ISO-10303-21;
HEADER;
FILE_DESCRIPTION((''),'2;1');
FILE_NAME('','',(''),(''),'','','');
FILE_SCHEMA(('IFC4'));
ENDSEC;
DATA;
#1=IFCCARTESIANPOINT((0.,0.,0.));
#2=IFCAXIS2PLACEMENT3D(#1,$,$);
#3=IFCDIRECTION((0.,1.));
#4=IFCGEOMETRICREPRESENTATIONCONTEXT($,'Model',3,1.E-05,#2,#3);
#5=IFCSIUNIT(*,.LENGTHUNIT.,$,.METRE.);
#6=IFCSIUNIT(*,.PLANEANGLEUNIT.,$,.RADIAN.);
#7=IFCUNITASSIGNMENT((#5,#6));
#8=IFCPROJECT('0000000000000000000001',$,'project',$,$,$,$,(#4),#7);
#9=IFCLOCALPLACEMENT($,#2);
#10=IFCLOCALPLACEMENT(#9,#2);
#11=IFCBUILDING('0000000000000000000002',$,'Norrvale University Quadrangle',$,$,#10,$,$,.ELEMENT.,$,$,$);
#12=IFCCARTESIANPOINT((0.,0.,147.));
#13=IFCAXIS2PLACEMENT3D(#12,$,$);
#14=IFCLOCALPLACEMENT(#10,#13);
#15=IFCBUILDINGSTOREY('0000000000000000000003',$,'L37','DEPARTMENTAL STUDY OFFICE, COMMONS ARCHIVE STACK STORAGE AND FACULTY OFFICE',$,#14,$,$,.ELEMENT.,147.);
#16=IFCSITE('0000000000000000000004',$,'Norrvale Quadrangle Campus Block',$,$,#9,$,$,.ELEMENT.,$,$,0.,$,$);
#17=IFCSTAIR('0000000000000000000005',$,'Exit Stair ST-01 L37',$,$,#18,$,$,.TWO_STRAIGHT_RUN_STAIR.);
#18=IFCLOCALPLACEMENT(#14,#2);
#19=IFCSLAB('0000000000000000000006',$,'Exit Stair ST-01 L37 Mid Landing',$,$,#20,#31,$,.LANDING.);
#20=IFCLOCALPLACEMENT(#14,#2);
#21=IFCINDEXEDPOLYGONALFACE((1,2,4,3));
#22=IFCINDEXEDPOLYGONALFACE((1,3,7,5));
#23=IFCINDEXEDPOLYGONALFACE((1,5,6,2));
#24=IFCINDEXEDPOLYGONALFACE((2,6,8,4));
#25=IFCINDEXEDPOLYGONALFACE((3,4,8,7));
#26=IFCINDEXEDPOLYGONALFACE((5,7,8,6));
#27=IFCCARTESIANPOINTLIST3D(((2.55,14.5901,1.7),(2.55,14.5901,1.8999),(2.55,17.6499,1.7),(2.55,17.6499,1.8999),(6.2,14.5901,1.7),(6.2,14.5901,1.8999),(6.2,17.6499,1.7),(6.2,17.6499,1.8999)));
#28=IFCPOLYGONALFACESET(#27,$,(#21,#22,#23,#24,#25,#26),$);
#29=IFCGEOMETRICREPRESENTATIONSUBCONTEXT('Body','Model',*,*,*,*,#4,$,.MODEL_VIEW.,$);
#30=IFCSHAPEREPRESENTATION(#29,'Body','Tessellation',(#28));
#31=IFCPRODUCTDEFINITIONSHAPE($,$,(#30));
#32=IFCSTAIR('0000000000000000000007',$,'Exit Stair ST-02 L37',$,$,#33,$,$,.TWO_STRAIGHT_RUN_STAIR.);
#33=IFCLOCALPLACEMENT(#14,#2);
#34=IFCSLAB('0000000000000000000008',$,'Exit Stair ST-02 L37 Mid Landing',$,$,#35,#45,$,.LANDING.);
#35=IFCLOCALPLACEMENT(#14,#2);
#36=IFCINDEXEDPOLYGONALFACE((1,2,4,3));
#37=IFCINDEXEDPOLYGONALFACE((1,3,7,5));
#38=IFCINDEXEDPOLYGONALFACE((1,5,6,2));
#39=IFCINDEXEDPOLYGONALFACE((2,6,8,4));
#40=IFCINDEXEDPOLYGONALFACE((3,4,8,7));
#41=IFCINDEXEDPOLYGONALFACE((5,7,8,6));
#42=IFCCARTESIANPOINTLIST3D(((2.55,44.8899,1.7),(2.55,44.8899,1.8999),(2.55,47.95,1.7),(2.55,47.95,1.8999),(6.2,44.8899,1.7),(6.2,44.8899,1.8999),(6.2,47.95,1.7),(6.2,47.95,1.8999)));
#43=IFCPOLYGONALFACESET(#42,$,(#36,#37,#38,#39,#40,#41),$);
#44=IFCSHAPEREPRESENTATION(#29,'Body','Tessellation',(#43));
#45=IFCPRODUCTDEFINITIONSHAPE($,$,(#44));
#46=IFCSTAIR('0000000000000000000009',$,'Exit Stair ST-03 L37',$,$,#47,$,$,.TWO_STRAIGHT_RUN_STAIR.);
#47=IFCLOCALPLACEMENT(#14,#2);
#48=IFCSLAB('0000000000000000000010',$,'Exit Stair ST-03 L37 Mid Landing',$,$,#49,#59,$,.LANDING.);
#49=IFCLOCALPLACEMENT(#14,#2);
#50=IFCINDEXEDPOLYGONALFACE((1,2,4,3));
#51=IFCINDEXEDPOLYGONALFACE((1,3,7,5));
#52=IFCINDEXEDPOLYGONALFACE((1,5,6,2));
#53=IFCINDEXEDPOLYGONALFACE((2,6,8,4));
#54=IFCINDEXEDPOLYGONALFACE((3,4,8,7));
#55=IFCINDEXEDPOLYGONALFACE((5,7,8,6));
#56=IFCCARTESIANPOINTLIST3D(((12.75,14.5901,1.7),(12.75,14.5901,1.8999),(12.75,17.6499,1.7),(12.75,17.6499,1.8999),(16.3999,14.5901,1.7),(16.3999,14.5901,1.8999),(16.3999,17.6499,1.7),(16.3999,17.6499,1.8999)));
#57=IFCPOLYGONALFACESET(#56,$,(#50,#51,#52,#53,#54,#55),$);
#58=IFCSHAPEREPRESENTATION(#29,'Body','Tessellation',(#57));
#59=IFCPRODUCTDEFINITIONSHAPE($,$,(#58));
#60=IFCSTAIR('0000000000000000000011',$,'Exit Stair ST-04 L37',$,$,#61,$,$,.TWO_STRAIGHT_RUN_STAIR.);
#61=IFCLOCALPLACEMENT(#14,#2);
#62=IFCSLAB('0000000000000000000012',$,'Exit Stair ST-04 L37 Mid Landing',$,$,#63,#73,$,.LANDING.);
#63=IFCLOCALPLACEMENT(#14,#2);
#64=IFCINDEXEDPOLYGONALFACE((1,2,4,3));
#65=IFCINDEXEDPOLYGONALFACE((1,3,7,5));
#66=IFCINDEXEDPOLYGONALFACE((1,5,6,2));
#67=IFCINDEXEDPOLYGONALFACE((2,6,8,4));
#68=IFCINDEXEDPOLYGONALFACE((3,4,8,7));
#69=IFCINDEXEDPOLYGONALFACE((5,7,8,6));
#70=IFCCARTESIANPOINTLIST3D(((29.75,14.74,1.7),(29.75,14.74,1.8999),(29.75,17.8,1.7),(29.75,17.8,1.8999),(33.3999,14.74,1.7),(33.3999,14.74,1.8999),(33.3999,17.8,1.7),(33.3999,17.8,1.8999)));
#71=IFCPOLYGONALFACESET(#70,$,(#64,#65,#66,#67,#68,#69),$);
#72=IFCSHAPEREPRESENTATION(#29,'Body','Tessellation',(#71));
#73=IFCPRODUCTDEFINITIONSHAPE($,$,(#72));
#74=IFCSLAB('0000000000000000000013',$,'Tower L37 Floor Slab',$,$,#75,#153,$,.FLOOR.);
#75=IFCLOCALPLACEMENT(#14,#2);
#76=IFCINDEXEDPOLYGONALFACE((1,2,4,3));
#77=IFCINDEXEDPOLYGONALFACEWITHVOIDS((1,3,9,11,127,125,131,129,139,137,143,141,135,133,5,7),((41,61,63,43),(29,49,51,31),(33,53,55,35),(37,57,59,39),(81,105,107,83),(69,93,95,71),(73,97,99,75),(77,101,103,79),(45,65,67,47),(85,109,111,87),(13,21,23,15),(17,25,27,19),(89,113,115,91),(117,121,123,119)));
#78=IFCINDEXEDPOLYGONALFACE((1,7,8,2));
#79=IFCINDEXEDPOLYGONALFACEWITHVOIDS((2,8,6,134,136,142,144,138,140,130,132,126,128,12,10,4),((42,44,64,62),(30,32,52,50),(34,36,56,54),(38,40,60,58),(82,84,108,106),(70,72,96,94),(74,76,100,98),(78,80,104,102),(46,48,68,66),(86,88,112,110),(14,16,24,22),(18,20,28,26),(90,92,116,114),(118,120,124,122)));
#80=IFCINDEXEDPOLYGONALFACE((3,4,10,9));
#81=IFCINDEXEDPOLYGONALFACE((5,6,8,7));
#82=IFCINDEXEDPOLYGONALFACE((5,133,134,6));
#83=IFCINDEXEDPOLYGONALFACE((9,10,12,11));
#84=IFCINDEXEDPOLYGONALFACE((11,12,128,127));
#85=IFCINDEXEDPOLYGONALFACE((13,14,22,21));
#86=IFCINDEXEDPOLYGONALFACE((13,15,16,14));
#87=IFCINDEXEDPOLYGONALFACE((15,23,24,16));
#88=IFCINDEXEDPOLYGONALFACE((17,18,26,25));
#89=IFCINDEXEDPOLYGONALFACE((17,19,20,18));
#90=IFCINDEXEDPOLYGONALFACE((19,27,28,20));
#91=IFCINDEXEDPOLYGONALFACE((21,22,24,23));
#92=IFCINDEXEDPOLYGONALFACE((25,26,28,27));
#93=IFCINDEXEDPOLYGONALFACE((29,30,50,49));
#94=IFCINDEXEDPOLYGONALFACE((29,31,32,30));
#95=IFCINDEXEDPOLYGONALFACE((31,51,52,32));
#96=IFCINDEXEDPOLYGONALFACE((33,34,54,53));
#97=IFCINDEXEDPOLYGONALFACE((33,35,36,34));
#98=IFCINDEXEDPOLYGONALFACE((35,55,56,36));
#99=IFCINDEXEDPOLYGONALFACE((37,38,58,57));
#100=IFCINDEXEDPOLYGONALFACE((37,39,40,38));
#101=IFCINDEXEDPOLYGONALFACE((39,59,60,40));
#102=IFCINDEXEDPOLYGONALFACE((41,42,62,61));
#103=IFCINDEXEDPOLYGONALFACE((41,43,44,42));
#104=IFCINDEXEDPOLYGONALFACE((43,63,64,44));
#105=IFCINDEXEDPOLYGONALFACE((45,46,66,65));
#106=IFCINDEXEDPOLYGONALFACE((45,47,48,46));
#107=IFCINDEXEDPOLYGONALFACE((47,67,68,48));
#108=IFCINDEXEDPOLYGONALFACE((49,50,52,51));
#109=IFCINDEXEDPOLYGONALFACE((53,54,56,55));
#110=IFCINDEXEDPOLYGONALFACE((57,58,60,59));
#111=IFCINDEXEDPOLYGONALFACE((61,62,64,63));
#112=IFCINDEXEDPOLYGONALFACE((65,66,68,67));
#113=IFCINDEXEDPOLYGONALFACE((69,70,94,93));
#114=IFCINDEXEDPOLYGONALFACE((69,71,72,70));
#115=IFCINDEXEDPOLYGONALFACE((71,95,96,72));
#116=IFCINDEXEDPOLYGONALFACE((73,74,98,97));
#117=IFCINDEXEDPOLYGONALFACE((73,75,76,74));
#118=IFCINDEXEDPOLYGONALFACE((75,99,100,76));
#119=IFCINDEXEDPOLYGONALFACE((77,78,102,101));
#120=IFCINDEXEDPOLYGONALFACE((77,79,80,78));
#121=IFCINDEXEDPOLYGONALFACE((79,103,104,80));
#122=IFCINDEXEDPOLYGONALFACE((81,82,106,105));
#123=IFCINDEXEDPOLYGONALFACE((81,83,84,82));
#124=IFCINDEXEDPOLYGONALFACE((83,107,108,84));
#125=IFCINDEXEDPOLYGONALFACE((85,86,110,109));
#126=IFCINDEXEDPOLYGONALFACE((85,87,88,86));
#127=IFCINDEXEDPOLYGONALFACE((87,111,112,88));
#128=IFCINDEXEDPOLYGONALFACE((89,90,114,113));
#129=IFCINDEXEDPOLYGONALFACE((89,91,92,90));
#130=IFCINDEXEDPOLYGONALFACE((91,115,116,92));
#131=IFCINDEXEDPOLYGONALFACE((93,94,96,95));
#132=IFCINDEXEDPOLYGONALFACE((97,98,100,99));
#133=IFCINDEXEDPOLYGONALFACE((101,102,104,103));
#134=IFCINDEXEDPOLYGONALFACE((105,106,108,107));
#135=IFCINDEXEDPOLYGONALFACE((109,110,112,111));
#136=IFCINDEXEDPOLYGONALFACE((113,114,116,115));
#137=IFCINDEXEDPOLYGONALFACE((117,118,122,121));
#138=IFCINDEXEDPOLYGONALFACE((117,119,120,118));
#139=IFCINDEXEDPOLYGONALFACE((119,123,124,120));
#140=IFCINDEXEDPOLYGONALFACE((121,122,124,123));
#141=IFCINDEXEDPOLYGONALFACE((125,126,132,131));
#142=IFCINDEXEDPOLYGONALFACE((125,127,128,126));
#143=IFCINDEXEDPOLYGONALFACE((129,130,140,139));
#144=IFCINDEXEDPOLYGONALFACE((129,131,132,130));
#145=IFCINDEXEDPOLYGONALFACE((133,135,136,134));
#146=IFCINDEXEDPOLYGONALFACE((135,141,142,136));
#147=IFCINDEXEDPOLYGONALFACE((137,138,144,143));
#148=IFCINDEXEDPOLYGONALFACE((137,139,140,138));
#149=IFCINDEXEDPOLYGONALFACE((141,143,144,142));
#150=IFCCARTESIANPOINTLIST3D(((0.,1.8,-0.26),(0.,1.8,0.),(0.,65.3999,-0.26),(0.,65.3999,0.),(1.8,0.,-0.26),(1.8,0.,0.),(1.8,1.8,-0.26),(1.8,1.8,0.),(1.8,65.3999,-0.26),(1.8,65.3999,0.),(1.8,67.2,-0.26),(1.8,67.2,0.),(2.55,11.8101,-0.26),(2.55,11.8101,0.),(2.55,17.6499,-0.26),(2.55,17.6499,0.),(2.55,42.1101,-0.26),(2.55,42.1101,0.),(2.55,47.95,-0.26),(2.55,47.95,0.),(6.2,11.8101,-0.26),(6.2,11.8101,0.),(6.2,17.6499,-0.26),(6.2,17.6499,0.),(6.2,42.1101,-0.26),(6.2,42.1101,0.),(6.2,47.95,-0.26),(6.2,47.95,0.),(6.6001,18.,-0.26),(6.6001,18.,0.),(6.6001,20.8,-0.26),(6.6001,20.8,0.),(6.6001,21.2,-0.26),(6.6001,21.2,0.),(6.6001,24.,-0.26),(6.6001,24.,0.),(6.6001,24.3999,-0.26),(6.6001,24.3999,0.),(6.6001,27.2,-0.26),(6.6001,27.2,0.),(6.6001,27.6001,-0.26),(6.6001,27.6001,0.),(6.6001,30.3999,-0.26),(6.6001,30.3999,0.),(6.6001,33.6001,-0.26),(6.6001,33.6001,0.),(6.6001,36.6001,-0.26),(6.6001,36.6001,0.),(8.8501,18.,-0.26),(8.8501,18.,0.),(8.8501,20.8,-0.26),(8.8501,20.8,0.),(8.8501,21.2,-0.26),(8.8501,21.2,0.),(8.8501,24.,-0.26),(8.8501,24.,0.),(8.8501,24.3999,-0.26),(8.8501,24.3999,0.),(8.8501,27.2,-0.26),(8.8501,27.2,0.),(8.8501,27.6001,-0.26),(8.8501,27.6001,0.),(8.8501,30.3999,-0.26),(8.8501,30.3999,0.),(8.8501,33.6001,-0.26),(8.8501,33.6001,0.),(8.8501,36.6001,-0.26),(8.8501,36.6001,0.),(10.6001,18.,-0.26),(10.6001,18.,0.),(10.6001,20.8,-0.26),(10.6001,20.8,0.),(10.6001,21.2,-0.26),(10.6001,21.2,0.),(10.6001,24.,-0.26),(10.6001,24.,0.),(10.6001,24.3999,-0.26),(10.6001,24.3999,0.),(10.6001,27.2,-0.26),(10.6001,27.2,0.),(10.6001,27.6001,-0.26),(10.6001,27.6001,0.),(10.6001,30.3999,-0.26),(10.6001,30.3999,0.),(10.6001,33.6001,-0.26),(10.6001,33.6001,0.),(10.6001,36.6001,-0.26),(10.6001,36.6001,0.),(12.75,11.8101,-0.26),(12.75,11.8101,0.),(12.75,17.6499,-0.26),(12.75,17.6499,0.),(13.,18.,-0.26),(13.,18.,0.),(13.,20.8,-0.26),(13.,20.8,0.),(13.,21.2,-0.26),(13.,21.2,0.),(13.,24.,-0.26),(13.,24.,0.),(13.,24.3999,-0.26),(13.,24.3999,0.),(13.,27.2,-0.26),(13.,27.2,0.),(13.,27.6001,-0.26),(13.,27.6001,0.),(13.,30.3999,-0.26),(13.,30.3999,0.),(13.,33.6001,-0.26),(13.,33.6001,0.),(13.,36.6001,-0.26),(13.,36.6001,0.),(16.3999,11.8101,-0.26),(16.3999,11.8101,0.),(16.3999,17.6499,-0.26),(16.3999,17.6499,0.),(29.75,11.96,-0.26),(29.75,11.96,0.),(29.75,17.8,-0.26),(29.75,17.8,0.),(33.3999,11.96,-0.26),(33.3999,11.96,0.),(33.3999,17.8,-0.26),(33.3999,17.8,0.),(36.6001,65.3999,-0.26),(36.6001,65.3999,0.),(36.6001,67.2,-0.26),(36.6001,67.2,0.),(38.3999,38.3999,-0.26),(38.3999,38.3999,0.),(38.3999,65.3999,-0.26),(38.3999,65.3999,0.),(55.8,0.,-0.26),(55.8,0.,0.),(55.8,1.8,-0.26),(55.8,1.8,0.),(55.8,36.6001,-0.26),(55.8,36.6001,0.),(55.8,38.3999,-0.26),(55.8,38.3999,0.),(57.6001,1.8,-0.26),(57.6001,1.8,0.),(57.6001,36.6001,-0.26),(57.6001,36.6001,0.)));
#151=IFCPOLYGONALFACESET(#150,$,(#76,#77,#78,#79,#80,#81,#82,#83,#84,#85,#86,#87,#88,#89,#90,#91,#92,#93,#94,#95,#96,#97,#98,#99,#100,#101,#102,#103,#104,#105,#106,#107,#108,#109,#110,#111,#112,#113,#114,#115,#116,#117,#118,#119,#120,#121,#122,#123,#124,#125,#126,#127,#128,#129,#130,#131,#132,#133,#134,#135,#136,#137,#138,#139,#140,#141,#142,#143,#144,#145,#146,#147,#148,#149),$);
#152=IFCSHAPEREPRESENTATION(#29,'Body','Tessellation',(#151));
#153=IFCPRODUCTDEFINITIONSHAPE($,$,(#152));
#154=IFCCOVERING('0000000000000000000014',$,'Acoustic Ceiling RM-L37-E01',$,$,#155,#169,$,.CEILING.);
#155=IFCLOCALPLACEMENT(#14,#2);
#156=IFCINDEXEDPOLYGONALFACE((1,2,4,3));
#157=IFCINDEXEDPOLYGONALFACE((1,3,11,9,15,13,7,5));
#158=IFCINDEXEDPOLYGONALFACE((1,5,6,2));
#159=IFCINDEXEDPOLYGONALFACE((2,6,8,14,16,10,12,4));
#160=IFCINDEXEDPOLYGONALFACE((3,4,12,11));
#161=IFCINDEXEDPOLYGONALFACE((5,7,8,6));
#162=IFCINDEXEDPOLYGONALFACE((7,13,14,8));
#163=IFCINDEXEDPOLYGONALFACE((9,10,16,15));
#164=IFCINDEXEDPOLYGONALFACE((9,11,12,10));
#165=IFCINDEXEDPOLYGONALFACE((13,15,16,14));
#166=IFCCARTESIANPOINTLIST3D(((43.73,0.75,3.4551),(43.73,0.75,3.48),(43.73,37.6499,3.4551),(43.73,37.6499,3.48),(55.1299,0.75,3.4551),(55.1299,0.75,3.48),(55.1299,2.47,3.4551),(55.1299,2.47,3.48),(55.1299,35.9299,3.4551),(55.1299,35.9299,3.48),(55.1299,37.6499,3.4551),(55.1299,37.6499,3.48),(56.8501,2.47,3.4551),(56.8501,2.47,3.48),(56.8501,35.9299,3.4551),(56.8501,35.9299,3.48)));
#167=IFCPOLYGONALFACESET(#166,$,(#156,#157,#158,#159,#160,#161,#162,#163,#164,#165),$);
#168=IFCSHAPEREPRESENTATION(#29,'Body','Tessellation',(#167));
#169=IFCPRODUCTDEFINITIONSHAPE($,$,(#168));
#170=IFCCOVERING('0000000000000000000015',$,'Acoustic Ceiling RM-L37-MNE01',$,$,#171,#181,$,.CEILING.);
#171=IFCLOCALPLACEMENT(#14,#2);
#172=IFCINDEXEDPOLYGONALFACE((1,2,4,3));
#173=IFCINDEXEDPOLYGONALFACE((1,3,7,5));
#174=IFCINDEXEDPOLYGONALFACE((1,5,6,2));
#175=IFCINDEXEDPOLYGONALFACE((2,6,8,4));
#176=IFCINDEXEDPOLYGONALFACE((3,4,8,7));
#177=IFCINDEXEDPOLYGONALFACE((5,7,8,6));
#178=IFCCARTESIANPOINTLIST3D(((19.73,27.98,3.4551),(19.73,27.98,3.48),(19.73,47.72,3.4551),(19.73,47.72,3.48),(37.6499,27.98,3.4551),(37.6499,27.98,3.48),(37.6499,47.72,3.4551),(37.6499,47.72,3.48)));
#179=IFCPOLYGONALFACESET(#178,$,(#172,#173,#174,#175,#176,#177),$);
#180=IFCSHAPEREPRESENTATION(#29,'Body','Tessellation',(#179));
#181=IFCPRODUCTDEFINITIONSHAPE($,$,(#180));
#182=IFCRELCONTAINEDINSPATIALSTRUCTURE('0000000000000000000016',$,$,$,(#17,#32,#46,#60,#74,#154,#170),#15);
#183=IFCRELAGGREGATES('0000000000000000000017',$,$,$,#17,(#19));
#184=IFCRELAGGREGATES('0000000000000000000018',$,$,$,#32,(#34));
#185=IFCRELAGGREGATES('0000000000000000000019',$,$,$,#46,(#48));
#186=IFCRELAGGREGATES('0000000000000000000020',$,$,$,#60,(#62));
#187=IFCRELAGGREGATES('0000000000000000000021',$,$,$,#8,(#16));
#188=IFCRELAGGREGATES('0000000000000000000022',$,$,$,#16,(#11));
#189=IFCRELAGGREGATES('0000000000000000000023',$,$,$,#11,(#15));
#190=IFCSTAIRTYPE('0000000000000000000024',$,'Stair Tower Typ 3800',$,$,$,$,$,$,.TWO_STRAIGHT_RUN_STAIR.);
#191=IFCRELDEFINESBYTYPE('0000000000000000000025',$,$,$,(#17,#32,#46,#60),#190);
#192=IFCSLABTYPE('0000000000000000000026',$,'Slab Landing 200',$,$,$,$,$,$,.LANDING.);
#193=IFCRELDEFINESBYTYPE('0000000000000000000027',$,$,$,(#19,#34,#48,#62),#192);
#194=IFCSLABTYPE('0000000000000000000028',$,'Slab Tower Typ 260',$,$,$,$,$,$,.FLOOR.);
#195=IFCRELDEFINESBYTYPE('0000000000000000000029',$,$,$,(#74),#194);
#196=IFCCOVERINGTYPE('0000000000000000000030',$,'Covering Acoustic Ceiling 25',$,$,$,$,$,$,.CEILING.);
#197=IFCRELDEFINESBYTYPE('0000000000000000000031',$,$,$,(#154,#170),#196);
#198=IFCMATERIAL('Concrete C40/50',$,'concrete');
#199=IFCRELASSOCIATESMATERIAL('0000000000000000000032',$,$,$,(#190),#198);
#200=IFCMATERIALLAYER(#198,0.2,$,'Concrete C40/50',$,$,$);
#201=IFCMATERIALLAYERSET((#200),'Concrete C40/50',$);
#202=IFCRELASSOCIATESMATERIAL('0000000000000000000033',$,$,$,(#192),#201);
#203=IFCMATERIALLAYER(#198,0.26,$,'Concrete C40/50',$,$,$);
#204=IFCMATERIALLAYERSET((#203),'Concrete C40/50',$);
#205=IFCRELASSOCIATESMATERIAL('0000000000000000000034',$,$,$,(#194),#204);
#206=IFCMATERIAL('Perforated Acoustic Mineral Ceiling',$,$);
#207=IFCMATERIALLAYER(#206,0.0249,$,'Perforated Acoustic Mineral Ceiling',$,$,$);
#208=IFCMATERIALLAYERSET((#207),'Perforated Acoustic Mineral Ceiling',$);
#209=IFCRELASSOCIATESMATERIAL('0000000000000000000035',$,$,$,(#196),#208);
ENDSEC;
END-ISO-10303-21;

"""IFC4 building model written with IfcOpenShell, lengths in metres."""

from ifc_helpers import new_model, si_unit, direction, frame, origin, place, context, subcontext, project, spatial, polyline, outline, extrude, material, layer, layer_set, type_object, element, aggregate, save


model = new_model("IFC4")

# Units and contexts
model_context = context("Model", 3, precision=1e-05, world=origin(), true_north=direction((0.0, 1.0)))
body_context = subcontext(model_context, "Body", "Model", "MODEL_VIEW")
ifc_project = project(units=[si_unit("LENGTHUNIT", "METRE"), si_unit("PLANEANGLEUNIT", "RADIAN")], contexts=[model_context])

# Site, building, storey
site_placement = place(None, origin())
site = spatial("IfcSite", under=ifc_project, at=site_placement, Name="Norrvale Quadrangle Campus Block", CompositionType="ELEMENT", RefElevation=0.0)
building_placement = place(site_placement, origin())
building = spatial("IfcBuilding", under=site, at=building_placement, Name="Norrvale University Quadrangle", CompositionType="ELEMENT")
storey_placement = place(building_placement, frame((0.0, 0.0, 147.0)))
storey = spatial("IfcBuildingStorey", under=building, at=storey_placement, Name="L37", Description="DEPARTMENTAL STUDY OFFICE, COMMONS ARCHIVE STACK STORAGE AND FACULTY OFFICE", CompositionType="ELEMENT", Elevation=147.0)

# Stairs, slabs
ifc_material_1 = material(Name="Concrete C40/50", Category="concrete")
stair_type = type_object("IfcStairType", Name="Stair Tower Typ 3800", PredefinedType="TWO_STRAIGHT_RUN_STAIR", material=ifc_material_1)
stair_1_placement = place(storey_placement, origin())
stair_1 = element("IfcStair", 1, at=stair_1_placement, inside=storey, type_object=stair_type, Name="Exit Stair ST-01 L37", PredefinedType="TWO_STRAIGHT_RUN_STAIR")
ifc_layer_1 = layer(ifc_material_1, 0.2, Name="Concrete C40/50")
ifc_layer_set_1 = layer_set([ifc_layer_1], Name="Concrete C40/50")
slab_type_1 = type_object("IfcSlabType", Name="Slab Landing 200", PredefinedType="LANDING", material=ifc_layer_set_1)
slab_1_placement = place(storey_placement, frame((0.0, 0.0, 1.7)))
slab_1 = element("IfcSlab", 2, at=slab_1_placement, type_object=slab_type_1, Name="Exit Stair ST-01 L37 Mid Landing", PredefinedType="LANDING", context=body_context, shape_type="SweptSolid", body=[
    extrude(outline(polyline([(2.55, 14.5901), (6.2, 14.5901), (6.2, 17.6499), (2.55, 17.6499), (2.55, 14.5901)])), origin(), (0.0, 0.0, 1.0), 0.2),
])
aggregate(stair_1, [slab_1])
stair_2_placement = place(storey_placement, origin())
stair_2 = element("IfcStair", 3, at=stair_2_placement, inside=storey, type_object=stair_type, Name="Exit Stair ST-02 L37", PredefinedType="TWO_STRAIGHT_RUN_STAIR")
slab_2_placement = place(storey_placement, frame((0.0, 0.0, 1.7)))
slab_2 = element("IfcSlab", 4, at=slab_2_placement, type_object=slab_type_1, Name="Exit Stair ST-02 L37 Mid Landing", PredefinedType="LANDING", context=body_context, shape_type="SweptSolid", body=[
    extrude(outline(polyline([(2.55, 44.8899), (6.2, 44.8899), (6.2, 47.95), (2.55, 47.95), (2.55, 44.8899)])), origin(), (0.0, 0.0, 1.0), 0.2),
])
aggregate(stair_2, [slab_2])
stair_3_placement = place(storey_placement, origin())
stair_3 = element("IfcStair", 5, at=stair_3_placement, inside=storey, type_object=stair_type, Name="Exit Stair ST-03 L37", PredefinedType="TWO_STRAIGHT_RUN_STAIR")
slab_3_placement = place(storey_placement, frame((0.0, 0.0, 1.7)))
slab_3 = element("IfcSlab", 6, at=slab_3_placement, type_object=slab_type_1, Name="Exit Stair ST-03 L37 Mid Landing", PredefinedType="LANDING", context=body_context, shape_type="SweptSolid", body=[
    extrude(outline(polyline([(12.75, 14.5901), (16.3999, 14.5901), (16.3999, 17.6499), (12.75, 17.6499), (12.75, 14.5901)])), origin(), (0.0, 0.0, 1.0), 0.2),
])
aggregate(stair_3, [slab_3])
stair_4_placement = place(storey_placement, origin())
stair_4 = element("IfcStair", 7, at=stair_4_placement, inside=storey, type_object=stair_type, Name="Exit Stair ST-04 L37", PredefinedType="TWO_STRAIGHT_RUN_STAIR")
slab_4_placement = place(storey_placement, frame((0.0, 0.0, 1.7)))
slab_4 = element("IfcSlab", 8, at=slab_4_placement, type_object=slab_type_1, Name="Exit Stair ST-04 L37 Mid Landing", PredefinedType="LANDING", context=body_context, shape_type="SweptSolid", body=[
    extrude(outline(polyline([(29.75, 14.74), (33.3999, 14.74), (33.3999, 17.8), (29.75, 17.8), (29.75, 14.74)])), origin(), (0.0, 0.0, 1.0), 0.2),
])
aggregate(stair_4, [slab_4])

# Slab
ifc_layer_2 = layer(ifc_material_1, 0.26, Name="Concrete C40/50")
ifc_layer_set_2 = layer_set([ifc_layer_2], Name="Concrete C40/50")
slab_type_2 = type_object("IfcSlabType", Name="Slab Tower Typ 260", PredefinedType="FLOOR", material=ifc_layer_set_2)
slab_5_placement = place(storey_placement, frame((0.0, 0.0, -0.26)))
element("IfcSlab", 9, at=slab_5_placement, inside=storey, type_object=slab_type_2, Name="Tower L37 Floor Slab", PredefinedType="FLOOR", context=body_context, shape_type="SweptSolid", body=[
    extrude(outline(polyline([(1.8, 0.0), (55.8, 0.0), (55.8, 1.8), (57.6001, 1.8), (57.6001, 36.6001), (55.8, 36.6001), (55.8, 38.3999), (38.3999, 38.3999), (38.3999, 65.3999), (36.6001, 65.3999), (36.6001, 67.2), (1.8, 67.2), (1.8, 65.3999), (0.0, 65.3999), (0.0, 1.8), (1.8, 1.8), (1.8, 0.0)]), holes=[polyline([(2.55, 11.8101), (6.2, 11.8101), (6.2, 17.6499), (2.55, 17.6499), (2.55, 11.8101)]), polyline([(2.55, 42.1101), (6.2, 42.1101), (6.2, 47.95), (2.55, 47.95), (2.55, 42.1101)]), polyline([(12.75, 11.8101), (16.3999, 11.8101), (16.3999, 17.6499), (12.75, 17.6499), (12.75, 11.8101)]), polyline([(29.75, 11.96), (33.3999, 11.96), (33.3999, 17.8), (29.75, 17.8), (29.75, 11.96)]), polyline([(6.6001, 18.0), (8.8501, 18.0), (8.8501, 20.8), (6.6001, 20.8), (6.6001, 18.0)]), polyline([(6.6001, 21.2), (8.8501, 21.2), (8.8501, 24.0), (6.6001, 24.0), (6.6001, 21.2)]), polyline([(6.6001, 24.3999), (8.8501, 24.3999), (8.8501, 27.2), (6.6001, 27.2), (6.6001, 24.3999)]), polyline([(6.6001, 27.6001), (8.8501, 27.6001), (8.8501, 30.3999), (6.6001, 30.3999), (6.6001, 27.6001)]), polyline([(10.6001, 18.0), (13.0, 18.0), (13.0, 20.8), (10.6001, 20.8), (10.6001, 18.0)]), polyline([(10.6001, 21.2), (13.0, 21.2), (13.0, 24.0), (10.6001, 24.0), (10.6001, 21.2)]), polyline([(10.6001, 24.3999), (13.0, 24.3999), (13.0, 27.2), (10.6001, 27.2), (10.6001, 24.3999)]), polyline([(10.6001, 27.6001), (13.0, 27.6001), (13.0, 30.3999), (10.6001, 30.3999), (10.6001, 27.6001)]), polyline([(6.6001, 33.6001), (8.8501, 33.6001), (8.8501, 36.6001), (6.6001, 36.6001), (6.6001, 33.6001)]), polyline([(10.6001, 33.6001), (13.0, 33.6001), (13.0, 36.6001), (10.6001, 36.6001), (10.6001, 33.6001)])]), origin(), (0.0, 0.0, 1.0), 0.26),
])

# Coverings
ifc_material_2 = material(Name="Perforated Acoustic Mineral Ceiling")
ifc_layer_3 = layer(ifc_material_2, 0.0249, Name="Perforated Acoustic Mineral Ceiling")
ifc_layer_set_3 = layer_set([ifc_layer_3], Name="Perforated Acoustic Mineral Ceiling")
covering_type_1 = type_object("IfcCoveringType", Name="Covering Acoustic Ceiling 25", PredefinedType="CEILING", material=ifc_layer_set_3)
covering_1_placement = place(storey_placement, frame((0.0, 0.0, 3.4551)))
element("IfcCovering", 10, at=covering_1_placement, inside=storey, type_object=covering_type_1, Name="Acoustic Ceiling RM-L37-E01", PredefinedType="CEILING", context=body_context, shape_type="SweptSolid", body=[
    extrude(outline(polyline([(43.73, 0.75), (43.73, 37.6499), (55.1299, 37.6499), (55.1299, 35.9299), (56.8501, 35.9299), (56.8501, 2.47), (55.1299, 2.47), (55.1299, 0.75), (43.73, 0.75)])), origin(), (0.0, 0.0, 1.0), 0.0249),
])
covering_2_placement = place(storey_placement, frame((0.0, 0.0, 3.4551)))
element("IfcCovering", 11, at=covering_2_placement, inside=storey, type_object=covering_type_1, Name="Acoustic Ceiling RM-L37-MNE01", PredefinedType="CEILING", context=body_context, shape_type="SweptSolid", body=[
    extrude(outline(polyline([(19.73, 47.72), (37.6499, 47.72), (37.6499, 27.98), (19.73, 27.98), (19.73, 47.72)])), origin(), (0.0, 0.0, 1.0), 0.0249),
])

save(model, "model.ifc")
